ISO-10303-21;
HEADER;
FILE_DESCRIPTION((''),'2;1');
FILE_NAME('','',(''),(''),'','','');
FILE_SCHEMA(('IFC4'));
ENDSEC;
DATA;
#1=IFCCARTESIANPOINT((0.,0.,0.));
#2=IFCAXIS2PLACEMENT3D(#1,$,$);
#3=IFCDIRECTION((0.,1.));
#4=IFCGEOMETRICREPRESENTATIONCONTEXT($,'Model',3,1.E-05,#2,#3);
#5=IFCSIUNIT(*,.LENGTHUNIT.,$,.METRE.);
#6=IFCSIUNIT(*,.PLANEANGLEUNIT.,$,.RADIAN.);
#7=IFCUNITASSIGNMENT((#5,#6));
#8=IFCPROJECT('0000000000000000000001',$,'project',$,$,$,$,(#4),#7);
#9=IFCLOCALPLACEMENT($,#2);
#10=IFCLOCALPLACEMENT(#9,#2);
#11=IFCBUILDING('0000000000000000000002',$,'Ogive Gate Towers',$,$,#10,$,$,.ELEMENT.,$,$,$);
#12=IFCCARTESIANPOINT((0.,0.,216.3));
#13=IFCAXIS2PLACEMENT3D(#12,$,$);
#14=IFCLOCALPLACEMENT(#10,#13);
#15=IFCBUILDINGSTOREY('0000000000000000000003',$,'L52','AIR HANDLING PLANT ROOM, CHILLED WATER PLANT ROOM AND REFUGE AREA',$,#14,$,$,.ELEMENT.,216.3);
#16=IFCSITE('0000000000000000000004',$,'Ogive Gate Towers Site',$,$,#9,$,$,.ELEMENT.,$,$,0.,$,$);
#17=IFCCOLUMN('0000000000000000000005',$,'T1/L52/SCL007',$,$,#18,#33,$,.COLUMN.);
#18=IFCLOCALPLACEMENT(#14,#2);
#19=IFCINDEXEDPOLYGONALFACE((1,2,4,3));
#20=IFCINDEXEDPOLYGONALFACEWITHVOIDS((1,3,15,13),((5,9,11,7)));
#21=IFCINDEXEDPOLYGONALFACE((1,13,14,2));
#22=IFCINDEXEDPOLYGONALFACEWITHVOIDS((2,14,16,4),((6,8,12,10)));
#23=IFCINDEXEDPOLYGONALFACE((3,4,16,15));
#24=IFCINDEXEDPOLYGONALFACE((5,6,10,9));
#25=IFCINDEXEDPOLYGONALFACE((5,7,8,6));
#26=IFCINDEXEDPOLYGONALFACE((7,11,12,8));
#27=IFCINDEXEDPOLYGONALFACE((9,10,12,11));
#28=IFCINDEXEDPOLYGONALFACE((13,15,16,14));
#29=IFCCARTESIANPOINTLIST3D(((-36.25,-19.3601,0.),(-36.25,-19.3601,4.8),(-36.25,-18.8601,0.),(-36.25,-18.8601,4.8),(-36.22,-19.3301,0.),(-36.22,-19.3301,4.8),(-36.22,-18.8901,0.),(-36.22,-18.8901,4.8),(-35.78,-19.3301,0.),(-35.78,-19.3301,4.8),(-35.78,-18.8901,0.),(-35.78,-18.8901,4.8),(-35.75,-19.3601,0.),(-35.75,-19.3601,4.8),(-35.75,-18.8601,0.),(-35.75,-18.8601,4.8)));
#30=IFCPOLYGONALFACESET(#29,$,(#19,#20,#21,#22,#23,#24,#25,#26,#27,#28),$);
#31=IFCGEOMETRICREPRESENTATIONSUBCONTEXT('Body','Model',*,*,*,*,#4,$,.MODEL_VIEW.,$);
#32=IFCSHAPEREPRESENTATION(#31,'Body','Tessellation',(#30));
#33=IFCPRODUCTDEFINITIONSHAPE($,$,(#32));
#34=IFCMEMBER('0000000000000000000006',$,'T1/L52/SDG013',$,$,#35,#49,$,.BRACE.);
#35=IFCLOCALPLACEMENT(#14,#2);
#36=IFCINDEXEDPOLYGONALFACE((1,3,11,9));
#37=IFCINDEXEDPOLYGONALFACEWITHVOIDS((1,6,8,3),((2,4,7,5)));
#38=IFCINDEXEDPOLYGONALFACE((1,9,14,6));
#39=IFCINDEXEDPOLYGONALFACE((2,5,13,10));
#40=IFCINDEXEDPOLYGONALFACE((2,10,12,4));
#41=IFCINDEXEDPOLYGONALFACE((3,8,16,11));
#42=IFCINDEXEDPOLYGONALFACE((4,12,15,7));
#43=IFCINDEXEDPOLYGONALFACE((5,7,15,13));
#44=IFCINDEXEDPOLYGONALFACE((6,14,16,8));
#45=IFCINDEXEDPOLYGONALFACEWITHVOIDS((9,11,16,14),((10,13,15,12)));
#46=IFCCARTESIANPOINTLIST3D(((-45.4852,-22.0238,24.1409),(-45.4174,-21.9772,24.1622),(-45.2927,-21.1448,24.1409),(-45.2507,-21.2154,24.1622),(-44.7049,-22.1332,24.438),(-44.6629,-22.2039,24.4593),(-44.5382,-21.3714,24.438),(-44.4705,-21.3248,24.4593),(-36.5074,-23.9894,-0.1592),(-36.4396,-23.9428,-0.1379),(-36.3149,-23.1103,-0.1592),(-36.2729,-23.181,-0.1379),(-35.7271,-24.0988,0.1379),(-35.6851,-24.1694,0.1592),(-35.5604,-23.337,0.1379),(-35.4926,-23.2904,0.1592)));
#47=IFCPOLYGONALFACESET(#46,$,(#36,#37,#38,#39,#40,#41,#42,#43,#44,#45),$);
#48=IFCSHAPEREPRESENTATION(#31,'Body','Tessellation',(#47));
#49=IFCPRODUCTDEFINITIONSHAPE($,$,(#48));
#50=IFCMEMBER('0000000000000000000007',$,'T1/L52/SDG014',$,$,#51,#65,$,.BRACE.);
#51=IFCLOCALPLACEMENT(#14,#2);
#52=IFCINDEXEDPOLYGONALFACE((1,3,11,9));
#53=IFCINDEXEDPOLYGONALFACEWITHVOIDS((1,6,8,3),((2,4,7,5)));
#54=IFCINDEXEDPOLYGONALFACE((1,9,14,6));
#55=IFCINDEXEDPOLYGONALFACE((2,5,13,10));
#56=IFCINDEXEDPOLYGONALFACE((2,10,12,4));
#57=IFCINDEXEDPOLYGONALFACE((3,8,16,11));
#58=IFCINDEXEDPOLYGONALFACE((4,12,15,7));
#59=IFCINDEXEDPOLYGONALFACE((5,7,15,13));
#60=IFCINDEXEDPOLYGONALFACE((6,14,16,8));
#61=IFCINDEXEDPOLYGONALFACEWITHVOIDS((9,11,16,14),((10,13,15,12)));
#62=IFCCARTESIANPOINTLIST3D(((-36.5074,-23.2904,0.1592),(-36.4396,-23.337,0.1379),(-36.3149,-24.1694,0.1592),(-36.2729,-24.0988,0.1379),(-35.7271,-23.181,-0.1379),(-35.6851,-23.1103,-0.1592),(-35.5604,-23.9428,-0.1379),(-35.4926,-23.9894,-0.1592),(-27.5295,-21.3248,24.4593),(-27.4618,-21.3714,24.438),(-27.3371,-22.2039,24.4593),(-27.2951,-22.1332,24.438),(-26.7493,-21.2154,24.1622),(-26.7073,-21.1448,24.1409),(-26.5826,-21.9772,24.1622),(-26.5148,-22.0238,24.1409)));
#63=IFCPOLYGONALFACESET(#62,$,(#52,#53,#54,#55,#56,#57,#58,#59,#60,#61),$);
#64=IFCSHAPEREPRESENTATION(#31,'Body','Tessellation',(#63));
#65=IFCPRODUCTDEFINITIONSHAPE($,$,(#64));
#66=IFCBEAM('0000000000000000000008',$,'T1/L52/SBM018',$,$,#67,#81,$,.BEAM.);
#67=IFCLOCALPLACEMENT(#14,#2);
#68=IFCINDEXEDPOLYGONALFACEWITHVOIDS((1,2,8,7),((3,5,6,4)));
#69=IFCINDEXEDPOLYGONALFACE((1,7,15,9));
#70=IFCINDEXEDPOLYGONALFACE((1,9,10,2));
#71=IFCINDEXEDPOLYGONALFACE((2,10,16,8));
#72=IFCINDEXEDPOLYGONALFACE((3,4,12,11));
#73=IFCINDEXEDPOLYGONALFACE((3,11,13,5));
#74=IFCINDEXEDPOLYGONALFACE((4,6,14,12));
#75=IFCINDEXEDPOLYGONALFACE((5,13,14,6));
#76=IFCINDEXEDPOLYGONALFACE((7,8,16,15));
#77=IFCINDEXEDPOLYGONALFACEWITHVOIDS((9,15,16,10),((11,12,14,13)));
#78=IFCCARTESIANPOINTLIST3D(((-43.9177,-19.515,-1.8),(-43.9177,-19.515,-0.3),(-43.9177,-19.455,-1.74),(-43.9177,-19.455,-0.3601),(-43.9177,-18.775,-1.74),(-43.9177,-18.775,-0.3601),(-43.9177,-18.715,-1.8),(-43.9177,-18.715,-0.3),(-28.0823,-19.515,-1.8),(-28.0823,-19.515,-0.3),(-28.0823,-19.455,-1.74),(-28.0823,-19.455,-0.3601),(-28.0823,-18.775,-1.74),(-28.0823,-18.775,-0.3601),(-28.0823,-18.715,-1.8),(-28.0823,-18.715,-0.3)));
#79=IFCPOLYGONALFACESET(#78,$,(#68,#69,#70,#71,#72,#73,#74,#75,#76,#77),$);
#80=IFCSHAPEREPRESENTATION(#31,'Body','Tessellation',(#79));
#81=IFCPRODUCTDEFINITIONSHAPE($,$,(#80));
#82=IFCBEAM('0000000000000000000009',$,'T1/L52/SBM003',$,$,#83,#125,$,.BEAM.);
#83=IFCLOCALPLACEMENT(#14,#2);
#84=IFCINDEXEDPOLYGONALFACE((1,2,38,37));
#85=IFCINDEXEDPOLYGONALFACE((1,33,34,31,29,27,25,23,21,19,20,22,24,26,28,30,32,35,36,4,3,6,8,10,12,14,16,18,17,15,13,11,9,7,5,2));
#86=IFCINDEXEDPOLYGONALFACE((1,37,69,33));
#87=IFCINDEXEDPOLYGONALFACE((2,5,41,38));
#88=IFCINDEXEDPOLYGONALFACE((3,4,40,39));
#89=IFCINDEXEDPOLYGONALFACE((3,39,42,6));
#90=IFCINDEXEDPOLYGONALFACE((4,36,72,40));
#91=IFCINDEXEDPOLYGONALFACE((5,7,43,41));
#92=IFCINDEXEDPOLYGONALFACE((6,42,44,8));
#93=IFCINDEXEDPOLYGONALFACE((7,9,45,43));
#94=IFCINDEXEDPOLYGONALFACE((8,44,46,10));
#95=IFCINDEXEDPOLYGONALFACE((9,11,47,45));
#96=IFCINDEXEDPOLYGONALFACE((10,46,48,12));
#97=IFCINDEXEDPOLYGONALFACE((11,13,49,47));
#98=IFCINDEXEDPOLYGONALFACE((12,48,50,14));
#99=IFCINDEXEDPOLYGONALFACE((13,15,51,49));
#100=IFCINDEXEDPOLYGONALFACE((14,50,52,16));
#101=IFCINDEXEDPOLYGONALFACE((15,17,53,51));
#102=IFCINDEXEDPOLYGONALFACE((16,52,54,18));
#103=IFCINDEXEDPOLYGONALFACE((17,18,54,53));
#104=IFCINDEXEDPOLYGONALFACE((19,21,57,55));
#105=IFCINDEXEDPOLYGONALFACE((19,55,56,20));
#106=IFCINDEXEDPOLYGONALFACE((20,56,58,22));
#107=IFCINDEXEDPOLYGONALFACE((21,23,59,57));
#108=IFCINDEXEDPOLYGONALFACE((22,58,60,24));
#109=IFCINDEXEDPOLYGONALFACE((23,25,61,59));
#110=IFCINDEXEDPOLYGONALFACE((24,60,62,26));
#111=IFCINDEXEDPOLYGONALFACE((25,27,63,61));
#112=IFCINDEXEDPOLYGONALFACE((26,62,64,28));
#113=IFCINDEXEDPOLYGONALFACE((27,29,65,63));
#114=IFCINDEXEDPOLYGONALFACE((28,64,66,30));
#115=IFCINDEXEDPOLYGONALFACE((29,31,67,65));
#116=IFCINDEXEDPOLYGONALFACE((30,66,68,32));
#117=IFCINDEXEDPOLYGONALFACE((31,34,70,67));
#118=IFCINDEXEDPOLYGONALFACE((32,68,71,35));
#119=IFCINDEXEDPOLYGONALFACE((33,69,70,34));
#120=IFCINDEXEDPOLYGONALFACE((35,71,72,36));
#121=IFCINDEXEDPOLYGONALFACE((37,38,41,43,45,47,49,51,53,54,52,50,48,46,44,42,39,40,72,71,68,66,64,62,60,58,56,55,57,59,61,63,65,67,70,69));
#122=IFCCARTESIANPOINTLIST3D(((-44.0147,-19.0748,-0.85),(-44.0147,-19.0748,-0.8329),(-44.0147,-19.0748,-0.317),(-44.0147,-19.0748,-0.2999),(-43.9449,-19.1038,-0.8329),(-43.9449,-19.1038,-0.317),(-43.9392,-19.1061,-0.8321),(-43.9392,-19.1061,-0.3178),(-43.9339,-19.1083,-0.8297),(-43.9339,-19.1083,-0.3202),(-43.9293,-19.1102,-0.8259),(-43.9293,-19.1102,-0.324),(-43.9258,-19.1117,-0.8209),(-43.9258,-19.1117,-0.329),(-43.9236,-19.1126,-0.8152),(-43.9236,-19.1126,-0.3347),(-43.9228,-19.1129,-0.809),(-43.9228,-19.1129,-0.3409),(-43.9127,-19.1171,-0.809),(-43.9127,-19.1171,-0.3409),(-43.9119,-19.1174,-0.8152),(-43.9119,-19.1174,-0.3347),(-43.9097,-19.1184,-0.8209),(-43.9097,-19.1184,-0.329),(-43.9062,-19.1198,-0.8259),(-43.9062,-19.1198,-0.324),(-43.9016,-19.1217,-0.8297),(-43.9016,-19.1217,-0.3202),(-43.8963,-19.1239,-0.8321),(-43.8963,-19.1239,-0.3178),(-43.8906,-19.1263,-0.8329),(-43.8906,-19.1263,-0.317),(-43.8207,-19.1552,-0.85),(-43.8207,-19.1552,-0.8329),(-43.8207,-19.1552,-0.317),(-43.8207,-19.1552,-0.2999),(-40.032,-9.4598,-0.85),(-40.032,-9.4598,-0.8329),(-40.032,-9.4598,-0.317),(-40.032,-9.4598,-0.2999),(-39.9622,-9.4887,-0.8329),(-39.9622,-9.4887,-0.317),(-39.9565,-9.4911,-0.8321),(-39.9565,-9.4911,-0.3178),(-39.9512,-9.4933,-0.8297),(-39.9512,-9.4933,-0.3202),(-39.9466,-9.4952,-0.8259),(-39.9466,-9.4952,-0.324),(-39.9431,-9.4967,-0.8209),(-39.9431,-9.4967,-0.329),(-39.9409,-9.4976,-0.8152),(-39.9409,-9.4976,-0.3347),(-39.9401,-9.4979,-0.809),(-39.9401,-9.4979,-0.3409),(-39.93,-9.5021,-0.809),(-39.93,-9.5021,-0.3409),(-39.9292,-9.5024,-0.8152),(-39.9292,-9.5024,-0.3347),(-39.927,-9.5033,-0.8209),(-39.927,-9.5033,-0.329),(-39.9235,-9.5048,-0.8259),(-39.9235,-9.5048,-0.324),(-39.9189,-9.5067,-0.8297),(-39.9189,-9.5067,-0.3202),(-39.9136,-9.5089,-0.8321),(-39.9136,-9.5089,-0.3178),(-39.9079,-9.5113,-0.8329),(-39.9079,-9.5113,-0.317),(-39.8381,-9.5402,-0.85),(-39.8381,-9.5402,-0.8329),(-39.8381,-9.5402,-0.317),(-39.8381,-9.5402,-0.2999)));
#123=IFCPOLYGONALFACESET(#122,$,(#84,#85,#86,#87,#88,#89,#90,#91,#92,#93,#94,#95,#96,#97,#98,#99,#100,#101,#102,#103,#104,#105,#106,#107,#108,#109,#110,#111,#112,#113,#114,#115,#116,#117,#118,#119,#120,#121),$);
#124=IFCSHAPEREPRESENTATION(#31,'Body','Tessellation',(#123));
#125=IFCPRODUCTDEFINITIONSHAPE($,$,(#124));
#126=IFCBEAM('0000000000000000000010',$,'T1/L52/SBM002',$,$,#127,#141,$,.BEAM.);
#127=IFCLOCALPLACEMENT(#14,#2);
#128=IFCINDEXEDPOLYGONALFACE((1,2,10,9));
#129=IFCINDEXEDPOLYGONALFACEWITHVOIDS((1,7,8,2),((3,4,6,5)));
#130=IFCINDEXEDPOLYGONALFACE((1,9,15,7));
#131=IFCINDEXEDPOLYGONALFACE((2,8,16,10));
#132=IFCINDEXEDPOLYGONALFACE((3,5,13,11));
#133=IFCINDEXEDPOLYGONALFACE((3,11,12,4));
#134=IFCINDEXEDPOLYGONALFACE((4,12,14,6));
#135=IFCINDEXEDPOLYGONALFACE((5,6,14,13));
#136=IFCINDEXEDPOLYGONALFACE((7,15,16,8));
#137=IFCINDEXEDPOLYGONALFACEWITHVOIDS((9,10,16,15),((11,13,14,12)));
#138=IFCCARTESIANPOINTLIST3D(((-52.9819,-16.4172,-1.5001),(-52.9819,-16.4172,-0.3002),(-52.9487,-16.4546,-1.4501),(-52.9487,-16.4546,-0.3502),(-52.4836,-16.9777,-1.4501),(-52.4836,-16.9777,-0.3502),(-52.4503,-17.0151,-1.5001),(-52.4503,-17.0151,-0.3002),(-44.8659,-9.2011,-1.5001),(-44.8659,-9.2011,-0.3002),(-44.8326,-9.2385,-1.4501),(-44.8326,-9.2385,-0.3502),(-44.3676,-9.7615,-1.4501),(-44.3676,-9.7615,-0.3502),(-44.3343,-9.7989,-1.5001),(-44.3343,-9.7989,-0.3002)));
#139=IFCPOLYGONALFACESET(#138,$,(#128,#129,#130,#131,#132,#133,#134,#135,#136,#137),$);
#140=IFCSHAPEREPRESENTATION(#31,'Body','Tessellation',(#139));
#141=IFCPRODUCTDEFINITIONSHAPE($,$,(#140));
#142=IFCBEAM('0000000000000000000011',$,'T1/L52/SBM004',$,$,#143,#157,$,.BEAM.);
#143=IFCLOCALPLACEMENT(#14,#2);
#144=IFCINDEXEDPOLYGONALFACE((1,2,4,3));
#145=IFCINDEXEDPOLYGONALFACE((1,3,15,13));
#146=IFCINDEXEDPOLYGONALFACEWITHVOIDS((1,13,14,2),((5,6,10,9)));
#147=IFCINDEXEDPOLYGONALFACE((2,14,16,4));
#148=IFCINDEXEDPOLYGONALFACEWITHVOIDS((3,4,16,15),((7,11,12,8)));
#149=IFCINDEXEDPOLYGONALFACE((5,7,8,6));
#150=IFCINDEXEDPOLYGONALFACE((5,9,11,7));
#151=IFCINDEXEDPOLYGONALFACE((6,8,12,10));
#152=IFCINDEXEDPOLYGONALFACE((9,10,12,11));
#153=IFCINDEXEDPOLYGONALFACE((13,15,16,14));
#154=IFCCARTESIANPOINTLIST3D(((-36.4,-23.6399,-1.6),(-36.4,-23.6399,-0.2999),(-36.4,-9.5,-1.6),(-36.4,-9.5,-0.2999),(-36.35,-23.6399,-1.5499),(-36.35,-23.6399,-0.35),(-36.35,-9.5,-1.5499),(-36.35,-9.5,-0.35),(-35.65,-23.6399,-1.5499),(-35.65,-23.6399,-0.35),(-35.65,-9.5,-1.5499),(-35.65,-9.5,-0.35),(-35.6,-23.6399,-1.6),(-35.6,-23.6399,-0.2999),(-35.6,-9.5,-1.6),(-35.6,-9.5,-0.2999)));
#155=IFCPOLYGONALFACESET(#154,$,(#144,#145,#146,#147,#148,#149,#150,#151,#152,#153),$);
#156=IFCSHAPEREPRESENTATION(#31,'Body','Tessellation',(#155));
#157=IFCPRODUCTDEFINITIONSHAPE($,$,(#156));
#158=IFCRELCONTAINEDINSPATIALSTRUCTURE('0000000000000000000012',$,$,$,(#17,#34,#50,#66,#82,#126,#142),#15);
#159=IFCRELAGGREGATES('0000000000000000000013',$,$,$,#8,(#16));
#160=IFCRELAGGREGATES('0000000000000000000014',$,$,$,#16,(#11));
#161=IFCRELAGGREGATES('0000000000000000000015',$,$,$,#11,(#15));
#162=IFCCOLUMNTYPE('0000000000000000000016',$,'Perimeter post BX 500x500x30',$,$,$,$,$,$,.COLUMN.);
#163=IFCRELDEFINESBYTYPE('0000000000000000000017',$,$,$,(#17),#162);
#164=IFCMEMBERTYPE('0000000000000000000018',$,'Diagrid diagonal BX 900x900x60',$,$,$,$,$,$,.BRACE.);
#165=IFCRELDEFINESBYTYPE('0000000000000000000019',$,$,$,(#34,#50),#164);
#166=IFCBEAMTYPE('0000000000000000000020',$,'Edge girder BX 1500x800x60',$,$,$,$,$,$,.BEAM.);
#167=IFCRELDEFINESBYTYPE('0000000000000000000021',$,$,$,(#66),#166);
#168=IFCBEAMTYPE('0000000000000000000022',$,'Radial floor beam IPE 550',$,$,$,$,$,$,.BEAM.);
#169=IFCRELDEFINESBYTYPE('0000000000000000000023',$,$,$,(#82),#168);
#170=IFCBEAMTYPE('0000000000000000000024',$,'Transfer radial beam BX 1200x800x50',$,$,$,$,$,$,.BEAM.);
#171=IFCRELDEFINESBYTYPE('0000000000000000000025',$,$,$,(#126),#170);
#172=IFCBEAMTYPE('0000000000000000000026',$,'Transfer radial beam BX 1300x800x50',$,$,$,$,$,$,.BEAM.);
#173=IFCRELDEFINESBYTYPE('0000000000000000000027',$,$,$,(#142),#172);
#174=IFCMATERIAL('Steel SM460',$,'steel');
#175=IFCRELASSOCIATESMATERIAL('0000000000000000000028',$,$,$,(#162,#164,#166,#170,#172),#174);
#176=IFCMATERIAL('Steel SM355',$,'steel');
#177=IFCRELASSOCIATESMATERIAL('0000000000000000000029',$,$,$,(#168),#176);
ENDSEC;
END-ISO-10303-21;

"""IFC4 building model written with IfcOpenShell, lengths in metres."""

from ifc_helpers import new_model, si_unit, direction, frame, origin, origin_2d, place, context, subcontext, project, spatial, hollow_rectangle, i_section, extrude, material, material_profile, profile_set, type_object, element, save


model = new_model("IFC4")

# Units and contexts
model_context = context("Model", 3, precision=1e-05, world=origin(), true_north=direction((0.0, 1.0)))
body_context = subcontext(model_context, "Body", "Model", "MODEL_VIEW")
ifc_project = project(units=[si_unit("LENGTHUNIT", "METRE"), si_unit("PLANEANGLEUNIT", "RADIAN")], contexts=[model_context])

# Site, building, storey
site_placement = place(None, origin())
site = spatial("IfcSite", under=ifc_project, at=site_placement, Name="Ogive Gate Towers Site", CompositionType="ELEMENT", RefElevation=0.0)
building_placement = place(site_placement, origin())
building = spatial("IfcBuilding", under=site, at=building_placement, Name="Ogive Gate Towers", CompositionType="ELEMENT")
storey_placement = place(building_placement, frame((0.0, 0.0, 216.3)))
storey = spatial("IfcBuildingStorey", under=building, at=storey_placement, Name="L52", Description="AIR HANDLING PLANT ROOM, CHILLED WATER PLANT ROOM AND REFUGE AREA", CompositionType="ELEMENT", Elevation=216.3)

# Column
ifc_material_1 = material(Name="Steel SM460", Category="steel")
ifc_material_profile_1 = material_profile(ifc_material_1, hollow_rectangle(XDim=0.5, YDim=0.5, WallThickness=0.03, at=origin_2d()), Name="BX 500x500x30")
ifc_profile_set_1 = profile_set([ifc_material_profile_1], Name="Steel SM460")
column_type = type_object("IfcColumnType", Name="Perimeter post BX 500x500x30", PredefinedType="COLUMN", material=ifc_profile_set_1)
column_placement = place(storey_placement, frame((-36.0, -19.1101, 0.0), z_axis=(0.0, 0.0, 1.0), x_axis=(1.0, 0.0, 0.0)))
element("IfcColumn", 1, at=column_placement, inside=storey, type_object=column_type, Name="T1/L52/SCL007", PredefinedType="COLUMN", context=body_context, shape_type="SweptSolid", body=[
    extrude(hollow_rectangle(XDim=0.5, YDim=0.5, WallThickness=0.03, at=origin_2d()), origin(), (0.0, 0.0, 1.0), 4.8),
])

# Members
ifc_material_profile_2 = material_profile(ifc_material_1, hollow_rectangle(XDim=0.8999, YDim=0.8999, WallThickness=0.0601, at=origin_2d()), Name="BX 900x900x60")
ifc_profile_set_2 = profile_set([ifc_material_profile_2], Name="Steel SM460")
member_type_1 = type_object("IfcMemberType", Name="Diagrid diagonal BX 900x900x60", PredefinedType="BRACE", material=ifc_profile_set_2)
for number, where, z_axis, x_axis, name in (
    (2, (-36.0, -23.6399, 0.0), (-0.345566, 0.075658, 0.935339), (-0.213872, -0.976862, 0.0), "T1/L52/SDG013"),
    (3, (-36.0, -23.6399, 0.0), (0.345566, 0.075658, 0.935339), (-0.213872, 0.976862, 0.0), "T1/L52/SDG014"),
):
    element("IfcMember", number, at=place(storey_placement, frame(where, z_axis=z_axis, x_axis=x_axis)), inside=storey, type_object=member_type_1, Name=name, PredefinedType="BRACE", context=body_context, shape_type="SweptSolid", body=[
        extrude(hollow_rectangle(XDim=0.8999, YDim=0.8999, WallThickness=0.0601, at=origin_2d()), origin(), (0.0, 0.0, 1.0), 25.98),
    ])

# Beams
ifc_material_profile_3 = material_profile(ifc_material_1, hollow_rectangle(XDim=0.8, YDim=1.5, WallThickness=0.0601, at=origin_2d()), Name="BX 1500x800x60")
ifc_profile_set_3 = profile_set([ifc_material_profile_3], Name="Steel SM460")
beam_type_1 = type_object("IfcBeamType", Name="Edge girder BX 1500x800x60", PredefinedType="BEAM", material=ifc_profile_set_3)
beam_1_placement = place(storey_placement, frame((-43.9177, -19.115, -1.05), z_axis=(1.0, 0.0, 0.0), x_axis=(0.0, 1.0, 0.0)))
element("IfcBeam", 4, at=beam_1_placement, inside=storey, type_object=beam_type_1, Name="T1/L52/SBM018", PredefinedType="BEAM", context=body_context, shape_type="SweptSolid", body=[
    extrude(hollow_rectangle(XDim=0.8, YDim=1.5, WallThickness=0.0601, at=origin_2d()), origin(), (0.0, 0.0, 1.0), 15.8354),
])
ifc_material_2 = material(Name="Steel SM355", Category="steel")
ifc_material_profile_4 = material_profile(ifc_material_2, i_section(OverallWidth=0.21, OverallDepth=0.55, WebThickness=0.011, FlangeThickness=0.0171, FilletRadius=0.0239, at=origin_2d()), Name="IPE 550")
ifc_profile_set_4 = profile_set([ifc_material_profile_4], Name="Steel SM355")
beam_type_2 = type_object("IfcBeamType", Name="Radial floor beam IPE 550", PredefinedType="BEAM", material=ifc_profile_set_4)
beam_2_placement = place(storey_placement, frame((-39.9351, -9.5, -0.575), z_axis=(-0.382684, -0.923879, 0.0), x_axis=(0.923879, -0.382684, 0.0)))
element("IfcBeam", 5, at=beam_2_placement, inside=storey, type_object=beam_type_2, Name="T1/L52/SBM003", PredefinedType="BEAM", context=body_context, shape_type="SweptSolid", body=[
    extrude(i_section(OverallWidth=0.21, OverallDepth=0.55, WebThickness=0.011, FlangeThickness=0.0171, FilletRadius=0.0239, at=origin_2d()), origin(), (0.0, 0.0, 1.0), 10.4072),
])
ifc_material_profile_5 = material_profile(ifc_material_1, hollow_rectangle(XDim=0.8, YDim=1.2, WallThickness=0.05, at=origin_2d()), Name="BX 1200x800x50")
ifc_profile_set_5 = profile_set([ifc_material_profile_5], Name="Steel SM460")
beam_type_3 = type_object("IfcBeamType", Name="Transfer radial beam BX 1200x800x50", PredefinedType="BEAM", material=ifc_profile_set_5)
beam_3_placement = place(storey_placement, frame((-44.6001, -9.5, -0.9001), z_axis=(-0.747324, -0.66446, 0.0), x_axis=(0.66446, -0.747324, 0.0)))
element("IfcBeam", 6, at=beam_3_placement, inside=storey, type_object=beam_type_3, Name="T1/L52/SBM002", PredefinedType="BEAM", context=body_context, shape_type="SweptSolid", body=[
    extrude(hollow_rectangle(XDim=0.8, YDim=1.2, WallThickness=0.05, at=origin_2d()), origin(), (0.0, 0.0, 1.0), 10.8601),
])
ifc_material_profile_6 = material_profile(ifc_material_1, hollow_rectangle(XDim=0.8, YDim=1.3, WallThickness=0.05, at=origin_2d()), Name="BX 1300x800x50")
ifc_profile_set_6 = profile_set([ifc_material_profile_6], Name="Steel SM460")
beam_type_4 = type_object("IfcBeamType", Name="Transfer radial beam BX 1300x800x50", PredefinedType="BEAM", material=ifc_profile_set_6)
beam_4_placement = place(storey_placement, frame((-36.0, -9.5, -0.95), z_axis=(0.0, -1.0, 0.0), x_axis=(1.0, 0.0, 0.0)))
element("IfcBeam", 7, at=beam_4_placement, inside=storey, type_object=beam_type_4, Name="T1/L52/SBM004", PredefinedType="BEAM", context=body_context, shape_type="SweptSolid", body=[
    extrude(hollow_rectangle(XDim=0.8, YDim=1.3, WallThickness=0.05, at=origin_2d()), origin(), (0.0, 0.0, 1.0), 14.1399),
])

save(model, "model.ifc")
